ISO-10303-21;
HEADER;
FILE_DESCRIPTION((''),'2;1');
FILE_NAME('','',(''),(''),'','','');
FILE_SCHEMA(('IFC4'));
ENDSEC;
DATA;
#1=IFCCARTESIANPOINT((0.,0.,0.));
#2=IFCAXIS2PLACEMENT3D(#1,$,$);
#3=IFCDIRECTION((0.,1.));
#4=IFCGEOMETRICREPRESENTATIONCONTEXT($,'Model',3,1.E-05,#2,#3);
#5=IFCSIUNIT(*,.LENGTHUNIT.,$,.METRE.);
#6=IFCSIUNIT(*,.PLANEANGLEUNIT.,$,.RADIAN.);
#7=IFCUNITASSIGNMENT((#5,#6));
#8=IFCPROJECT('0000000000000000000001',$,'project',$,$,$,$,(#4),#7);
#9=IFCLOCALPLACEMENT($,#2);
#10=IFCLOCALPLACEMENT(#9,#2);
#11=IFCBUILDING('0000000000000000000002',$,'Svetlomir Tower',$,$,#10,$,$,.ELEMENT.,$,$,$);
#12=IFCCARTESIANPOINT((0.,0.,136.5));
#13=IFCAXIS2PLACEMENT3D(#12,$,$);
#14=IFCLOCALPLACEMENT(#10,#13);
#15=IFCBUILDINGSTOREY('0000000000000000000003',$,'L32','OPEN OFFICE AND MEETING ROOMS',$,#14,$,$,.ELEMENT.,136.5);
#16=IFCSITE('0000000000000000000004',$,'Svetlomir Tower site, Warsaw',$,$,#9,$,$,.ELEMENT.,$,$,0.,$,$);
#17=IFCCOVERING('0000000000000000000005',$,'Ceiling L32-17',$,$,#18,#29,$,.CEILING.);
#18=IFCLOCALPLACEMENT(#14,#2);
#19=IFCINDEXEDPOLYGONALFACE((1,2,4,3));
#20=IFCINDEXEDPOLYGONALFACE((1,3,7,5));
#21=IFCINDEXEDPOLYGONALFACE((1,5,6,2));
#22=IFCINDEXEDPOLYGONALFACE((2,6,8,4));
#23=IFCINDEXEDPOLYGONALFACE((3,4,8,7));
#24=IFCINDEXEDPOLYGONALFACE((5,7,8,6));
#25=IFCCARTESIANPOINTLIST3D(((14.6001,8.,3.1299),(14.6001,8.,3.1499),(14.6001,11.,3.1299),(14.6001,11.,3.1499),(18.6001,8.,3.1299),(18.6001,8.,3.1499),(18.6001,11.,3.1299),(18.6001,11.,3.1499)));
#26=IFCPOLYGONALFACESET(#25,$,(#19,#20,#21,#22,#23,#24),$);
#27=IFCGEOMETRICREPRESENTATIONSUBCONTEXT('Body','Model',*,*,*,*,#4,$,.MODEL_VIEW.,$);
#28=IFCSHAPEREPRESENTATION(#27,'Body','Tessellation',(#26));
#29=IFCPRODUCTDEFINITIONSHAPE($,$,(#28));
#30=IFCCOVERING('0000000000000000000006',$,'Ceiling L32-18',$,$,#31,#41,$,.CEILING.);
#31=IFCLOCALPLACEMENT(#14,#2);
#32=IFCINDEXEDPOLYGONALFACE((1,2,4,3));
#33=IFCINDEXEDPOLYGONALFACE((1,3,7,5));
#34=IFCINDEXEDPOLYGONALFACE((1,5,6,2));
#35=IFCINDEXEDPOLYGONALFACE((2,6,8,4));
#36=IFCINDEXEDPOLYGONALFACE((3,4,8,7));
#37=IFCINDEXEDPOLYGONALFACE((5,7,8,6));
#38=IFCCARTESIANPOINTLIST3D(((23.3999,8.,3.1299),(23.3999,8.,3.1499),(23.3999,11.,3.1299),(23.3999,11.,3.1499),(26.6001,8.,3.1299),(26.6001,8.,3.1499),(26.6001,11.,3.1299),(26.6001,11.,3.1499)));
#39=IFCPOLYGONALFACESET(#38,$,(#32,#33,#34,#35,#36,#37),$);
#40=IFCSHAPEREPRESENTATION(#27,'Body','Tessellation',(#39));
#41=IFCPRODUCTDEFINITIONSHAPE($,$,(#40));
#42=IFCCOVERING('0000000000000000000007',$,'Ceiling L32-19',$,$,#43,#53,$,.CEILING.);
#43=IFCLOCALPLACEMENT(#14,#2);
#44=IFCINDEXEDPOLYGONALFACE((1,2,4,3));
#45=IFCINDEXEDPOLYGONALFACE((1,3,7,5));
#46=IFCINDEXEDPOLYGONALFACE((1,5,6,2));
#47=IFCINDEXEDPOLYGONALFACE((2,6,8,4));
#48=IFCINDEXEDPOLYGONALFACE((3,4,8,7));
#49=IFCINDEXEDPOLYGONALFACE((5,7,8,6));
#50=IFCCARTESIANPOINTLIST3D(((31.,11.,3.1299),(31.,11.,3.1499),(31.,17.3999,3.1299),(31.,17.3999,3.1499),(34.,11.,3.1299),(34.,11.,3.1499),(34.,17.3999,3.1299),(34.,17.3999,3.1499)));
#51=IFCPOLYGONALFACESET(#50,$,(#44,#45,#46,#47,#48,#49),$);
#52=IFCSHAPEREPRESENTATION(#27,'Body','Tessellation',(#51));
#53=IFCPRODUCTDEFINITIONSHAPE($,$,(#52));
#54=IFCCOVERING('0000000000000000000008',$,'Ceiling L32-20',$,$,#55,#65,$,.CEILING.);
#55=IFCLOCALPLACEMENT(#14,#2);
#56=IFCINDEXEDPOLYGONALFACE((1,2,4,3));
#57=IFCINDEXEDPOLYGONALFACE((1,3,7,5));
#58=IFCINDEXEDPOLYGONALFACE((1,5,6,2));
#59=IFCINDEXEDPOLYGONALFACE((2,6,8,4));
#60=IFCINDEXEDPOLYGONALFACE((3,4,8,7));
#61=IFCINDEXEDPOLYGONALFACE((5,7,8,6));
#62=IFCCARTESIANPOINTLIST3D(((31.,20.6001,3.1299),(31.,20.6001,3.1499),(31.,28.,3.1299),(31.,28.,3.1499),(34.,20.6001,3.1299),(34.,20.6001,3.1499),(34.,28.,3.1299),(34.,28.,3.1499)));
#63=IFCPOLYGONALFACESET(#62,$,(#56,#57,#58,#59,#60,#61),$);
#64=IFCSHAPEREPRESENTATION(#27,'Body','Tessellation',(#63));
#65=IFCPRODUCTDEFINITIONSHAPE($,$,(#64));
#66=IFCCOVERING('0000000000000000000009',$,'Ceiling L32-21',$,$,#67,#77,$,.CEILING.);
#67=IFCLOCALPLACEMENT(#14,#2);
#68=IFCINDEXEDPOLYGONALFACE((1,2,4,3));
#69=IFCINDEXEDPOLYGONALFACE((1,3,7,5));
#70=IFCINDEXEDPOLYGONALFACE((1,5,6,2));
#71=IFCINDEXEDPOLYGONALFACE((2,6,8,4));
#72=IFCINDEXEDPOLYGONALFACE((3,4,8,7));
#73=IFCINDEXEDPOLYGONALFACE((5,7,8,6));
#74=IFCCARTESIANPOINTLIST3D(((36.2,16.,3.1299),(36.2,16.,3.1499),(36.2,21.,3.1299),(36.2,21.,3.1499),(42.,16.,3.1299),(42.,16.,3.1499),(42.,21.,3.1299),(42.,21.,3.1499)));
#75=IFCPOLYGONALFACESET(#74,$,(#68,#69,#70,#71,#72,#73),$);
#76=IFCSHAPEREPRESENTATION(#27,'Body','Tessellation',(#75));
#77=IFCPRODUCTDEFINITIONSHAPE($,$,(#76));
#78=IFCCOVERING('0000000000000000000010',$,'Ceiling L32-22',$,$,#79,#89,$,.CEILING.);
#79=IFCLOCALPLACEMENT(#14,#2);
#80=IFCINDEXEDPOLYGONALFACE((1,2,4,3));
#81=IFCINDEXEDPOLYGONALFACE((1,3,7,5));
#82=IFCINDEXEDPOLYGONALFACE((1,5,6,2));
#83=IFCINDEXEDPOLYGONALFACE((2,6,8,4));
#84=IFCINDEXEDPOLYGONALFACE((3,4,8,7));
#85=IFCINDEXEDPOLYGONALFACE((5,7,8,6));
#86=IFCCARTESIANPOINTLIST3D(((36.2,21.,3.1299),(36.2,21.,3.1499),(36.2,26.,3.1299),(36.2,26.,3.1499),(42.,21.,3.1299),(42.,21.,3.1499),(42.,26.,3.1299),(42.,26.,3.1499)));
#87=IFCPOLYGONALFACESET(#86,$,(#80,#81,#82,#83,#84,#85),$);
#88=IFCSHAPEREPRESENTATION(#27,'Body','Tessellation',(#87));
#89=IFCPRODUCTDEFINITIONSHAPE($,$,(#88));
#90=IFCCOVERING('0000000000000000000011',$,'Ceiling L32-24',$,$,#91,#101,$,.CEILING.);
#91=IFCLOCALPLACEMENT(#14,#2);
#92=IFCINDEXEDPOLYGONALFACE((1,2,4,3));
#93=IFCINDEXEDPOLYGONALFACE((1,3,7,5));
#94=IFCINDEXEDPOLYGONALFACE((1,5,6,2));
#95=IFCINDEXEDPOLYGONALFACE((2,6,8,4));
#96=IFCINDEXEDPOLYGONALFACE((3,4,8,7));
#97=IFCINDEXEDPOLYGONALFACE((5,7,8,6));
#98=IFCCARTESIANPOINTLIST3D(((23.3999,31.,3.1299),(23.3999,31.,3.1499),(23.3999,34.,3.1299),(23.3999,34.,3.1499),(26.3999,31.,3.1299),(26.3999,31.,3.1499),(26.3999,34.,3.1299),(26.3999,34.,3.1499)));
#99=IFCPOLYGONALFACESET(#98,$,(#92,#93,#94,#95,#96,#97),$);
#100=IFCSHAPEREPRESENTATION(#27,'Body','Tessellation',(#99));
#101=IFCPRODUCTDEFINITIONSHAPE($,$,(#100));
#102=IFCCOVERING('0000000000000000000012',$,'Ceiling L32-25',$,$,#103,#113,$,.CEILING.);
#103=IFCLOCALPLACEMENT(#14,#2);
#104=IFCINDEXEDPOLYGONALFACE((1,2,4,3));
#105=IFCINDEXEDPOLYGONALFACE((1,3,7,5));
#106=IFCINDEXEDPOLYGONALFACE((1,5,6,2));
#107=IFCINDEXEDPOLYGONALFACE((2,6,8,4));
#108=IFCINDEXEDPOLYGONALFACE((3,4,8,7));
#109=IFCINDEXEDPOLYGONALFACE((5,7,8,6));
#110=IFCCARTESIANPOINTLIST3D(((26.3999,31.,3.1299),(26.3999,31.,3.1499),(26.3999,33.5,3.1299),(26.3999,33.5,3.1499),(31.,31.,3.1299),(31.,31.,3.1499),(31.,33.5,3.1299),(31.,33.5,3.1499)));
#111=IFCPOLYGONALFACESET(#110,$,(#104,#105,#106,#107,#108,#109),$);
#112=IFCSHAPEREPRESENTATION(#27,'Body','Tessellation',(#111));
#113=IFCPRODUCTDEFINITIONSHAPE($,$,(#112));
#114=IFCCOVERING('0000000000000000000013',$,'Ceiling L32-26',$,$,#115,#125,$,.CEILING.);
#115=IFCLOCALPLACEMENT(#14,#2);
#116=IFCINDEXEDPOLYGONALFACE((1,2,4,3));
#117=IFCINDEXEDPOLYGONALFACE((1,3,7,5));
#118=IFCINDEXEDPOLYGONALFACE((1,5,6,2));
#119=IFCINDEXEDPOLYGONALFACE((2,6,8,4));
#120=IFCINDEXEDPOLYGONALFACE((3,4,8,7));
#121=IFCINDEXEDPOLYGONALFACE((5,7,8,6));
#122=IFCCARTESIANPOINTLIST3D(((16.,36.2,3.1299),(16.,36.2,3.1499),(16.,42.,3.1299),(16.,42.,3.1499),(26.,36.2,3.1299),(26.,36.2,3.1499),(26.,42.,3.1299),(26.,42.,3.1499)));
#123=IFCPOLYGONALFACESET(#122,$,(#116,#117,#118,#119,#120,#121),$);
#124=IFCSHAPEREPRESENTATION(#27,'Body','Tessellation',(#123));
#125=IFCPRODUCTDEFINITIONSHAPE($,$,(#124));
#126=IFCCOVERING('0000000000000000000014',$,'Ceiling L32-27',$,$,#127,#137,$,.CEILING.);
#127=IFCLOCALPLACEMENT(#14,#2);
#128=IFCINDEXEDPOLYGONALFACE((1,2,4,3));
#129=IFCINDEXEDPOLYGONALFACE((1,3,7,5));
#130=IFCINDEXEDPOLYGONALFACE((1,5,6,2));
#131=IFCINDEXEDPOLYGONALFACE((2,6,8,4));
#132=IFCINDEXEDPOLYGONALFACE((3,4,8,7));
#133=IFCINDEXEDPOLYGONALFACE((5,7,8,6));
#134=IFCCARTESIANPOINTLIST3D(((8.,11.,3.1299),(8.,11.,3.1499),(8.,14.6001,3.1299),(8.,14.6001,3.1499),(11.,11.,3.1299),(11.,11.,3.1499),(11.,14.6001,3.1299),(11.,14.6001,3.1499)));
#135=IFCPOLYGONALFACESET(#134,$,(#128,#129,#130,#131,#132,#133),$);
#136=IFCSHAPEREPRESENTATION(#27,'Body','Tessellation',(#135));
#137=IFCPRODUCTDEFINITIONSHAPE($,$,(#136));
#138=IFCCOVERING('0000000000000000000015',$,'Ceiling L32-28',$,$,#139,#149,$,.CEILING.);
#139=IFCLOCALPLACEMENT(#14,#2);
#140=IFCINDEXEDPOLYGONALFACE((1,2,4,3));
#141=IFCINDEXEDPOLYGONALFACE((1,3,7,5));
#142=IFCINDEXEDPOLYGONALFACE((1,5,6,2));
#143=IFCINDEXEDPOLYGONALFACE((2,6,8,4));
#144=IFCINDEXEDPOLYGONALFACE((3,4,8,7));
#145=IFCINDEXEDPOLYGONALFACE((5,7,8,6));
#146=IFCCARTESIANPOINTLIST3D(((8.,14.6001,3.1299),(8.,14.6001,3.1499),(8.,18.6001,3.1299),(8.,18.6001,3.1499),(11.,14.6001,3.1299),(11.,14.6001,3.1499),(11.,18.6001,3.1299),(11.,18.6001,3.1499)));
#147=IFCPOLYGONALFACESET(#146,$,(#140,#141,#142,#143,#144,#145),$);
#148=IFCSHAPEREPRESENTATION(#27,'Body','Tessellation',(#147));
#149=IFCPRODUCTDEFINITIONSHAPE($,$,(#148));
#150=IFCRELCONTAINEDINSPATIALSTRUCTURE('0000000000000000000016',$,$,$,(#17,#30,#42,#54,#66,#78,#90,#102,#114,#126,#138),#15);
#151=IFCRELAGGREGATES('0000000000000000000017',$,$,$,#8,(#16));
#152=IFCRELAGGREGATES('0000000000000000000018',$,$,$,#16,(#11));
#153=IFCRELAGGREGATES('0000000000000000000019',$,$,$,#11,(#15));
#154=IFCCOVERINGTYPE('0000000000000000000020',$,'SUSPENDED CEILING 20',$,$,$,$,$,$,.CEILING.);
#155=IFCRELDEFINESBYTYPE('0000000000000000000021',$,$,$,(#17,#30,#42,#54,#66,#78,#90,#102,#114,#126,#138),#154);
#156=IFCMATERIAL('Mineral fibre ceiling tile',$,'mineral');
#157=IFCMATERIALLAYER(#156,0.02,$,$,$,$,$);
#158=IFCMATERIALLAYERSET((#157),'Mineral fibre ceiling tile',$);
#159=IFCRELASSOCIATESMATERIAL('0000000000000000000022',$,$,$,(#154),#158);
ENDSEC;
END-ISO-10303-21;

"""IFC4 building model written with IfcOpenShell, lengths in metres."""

from ifc_helpers import new_model, si_unit, direction, frame, origin, place, context, subcontext, project, spatial, polyline, outline, extrude, material, layer, layer_set, type_object, element, save


model = new_model("IFC4")

# Units and contexts
model_context = context("Model", 3, precision=1e-05, world=origin(), true_north=direction((0.0, 1.0)))
body_context = subcontext(model_context, "Body", "Model", "MODEL_VIEW")
ifc_project = project(units=[si_unit("LENGTHUNIT", "METRE"), si_unit("PLANEANGLEUNIT", "RADIAN")], contexts=[model_context])

# Site, building, storey
site_placement = place(None, origin())
site = spatial("IfcSite", under=ifc_project, at=site_placement, Name="Svetlomir Tower site, Warsaw", CompositionType="ELEMENT", RefElevation=0.0)
building_placement = place(site_placement, origin())
building = spatial("IfcBuilding", under=site, at=building_placement, Name="Svetlomir Tower", CompositionType="ELEMENT")
storey_placement = place(building_placement, frame((0.0, 0.0, 136.5)))
storey = spatial("IfcBuildingStorey", under=building, at=storey_placement, Name="L32", Description="OPEN OFFICE AND MEETING ROOMS", CompositionType="ELEMENT", Elevation=136.5)

# Coverings
ifc_material_1 = material(Name="Mineral fibre ceiling tile", Category="mineral")
ifc_layer_1 = layer(ifc_material_1, 0.02)
ifc_layer_set_1 = layer_set([ifc_layer_1], Name="Mineral fibre ceiling tile")
covering_type_1 = type_object("IfcCoveringType", Name="SUSPENDED CEILING 20", PredefinedType="CEILING", material=ifc_layer_set_1)
covering_1_placement = place(storey_placement, frame((0.0, 0.0, 3.1299)))
element("IfcCovering", 1, at=covering_1_placement, inside=storey, type_object=covering_type_1, Name="Ceiling L32-17", PredefinedType="CEILING", context=body_context, shape_type="SweptSolid", body=[
    extrude(outline(polyline([(14.6001, 8.0), (18.6001, 8.0), (18.6001, 11.0), (14.6001, 11.0), (14.6001, 8.0)])), origin(), (0.0, 0.0, 1.0), 0.02),
])
covering_2_placement = place(storey_placement, frame((0.0, 0.0, 3.1299)))
element("IfcCovering", 2, at=covering_2_placement, inside=storey, type_object=covering_type_1, Name="Ceiling L32-18", PredefinedType="CEILING", context=body_context, shape_type="SweptSolid", body=[
    extrude(outline(polyline([(23.3999, 8.0), (26.6001, 8.0), (26.6001, 11.0), (23.3999, 11.0), (23.3999, 8.0)])), origin(), (0.0, 0.0, 1.0), 0.02),
])
covering_3_placement = place(storey_placement, frame((0.0, 0.0, 3.1299)))
element("IfcCovering", 3, at=covering_3_placement, inside=storey, type_object=covering_type_1, Name="Ceiling L32-19", PredefinedType="CEILING", context=body_context, shape_type="SweptSolid", body=[
    extrude(outline(polyline([(31.0, 11.0), (34.0, 11.0), (34.0, 17.3999), (31.0, 17.3999), (31.0, 11.0)])), origin(), (0.0, 0.0, 1.0), 0.02),
])
covering_4_placement = place(storey_placement, frame((0.0, 0.0, 3.1299)))
element("IfcCovering", 4, at=covering_4_placement, inside=storey, type_object=covering_type_1, Name="Ceiling L32-20", PredefinedType="CEILING", context=body_context, shape_type="SweptSolid", body=[
    extrude(outline(polyline([(31.0, 20.6001), (34.0, 20.6001), (34.0, 28.0), (31.0, 28.0), (31.0, 20.6001)])), origin(), (0.0, 0.0, 1.0), 0.02),
])
covering_5_placement = place(storey_placement, frame((0.0, 0.0, 3.1299)))
element("IfcCovering", 5, at=covering_5_placement, inside=storey, type_object=covering_type_1, Name="Ceiling L32-21", PredefinedType="CEILING", context=body_context, shape_type="SweptSolid", body=[
    extrude(outline(polyline([(36.2, 16.0), (42.0, 16.0), (42.0, 21.0), (36.2, 21.0), (36.2, 16.0)])), origin(), (0.0, 0.0, 1.0), 0.02),
])
covering_6_placement = place(storey_placement, frame((0.0, 0.0, 3.1299)))
element("IfcCovering", 6, at=covering_6_placement, inside=storey, type_object=covering_type_1, Name="Ceiling L32-22", PredefinedType="CEILING", context=body_context, shape_type="SweptSolid", body=[
    extrude(outline(polyline([(36.2, 21.0), (42.0, 21.0), (42.0, 26.0), (36.2, 26.0), (36.2, 21.0)])), origin(), (0.0, 0.0, 1.0), 0.02),
])
covering_7_placement = place(storey_placement, frame((0.0, 0.0, 3.1299)))
element("IfcCovering", 7, at=covering_7_placement, inside=storey, type_object=covering_type_1, Name="Ceiling L32-24", PredefinedType="CEILING", context=body_context, shape_type="SweptSolid", body=[
    extrude(outline(polyline([(23.3999, 31.0), (26.3999, 31.0), (26.3999, 34.0), (23.3999, 34.0), (23.3999, 31.0)])), origin(), (0.0, 0.0, 1.0), 0.02),
])
covering_8_placement = place(storey_placement, frame((0.0, 0.0, 3.1299)))
element("IfcCovering", 8, at=covering_8_placement, inside=storey, type_object=covering_type_1, Name="Ceiling L32-25", PredefinedType="CEILING", context=body_context, shape_type="SweptSolid", body=[
    extrude(outline(polyline([(26.3999, 31.0), (31.0, 31.0), (31.0, 33.5), (26.3999, 33.5), (26.3999, 31.0)])), origin(), (0.0, 0.0, 1.0), 0.02),
])
covering_9_placement = place(storey_placement, frame((0.0, 0.0, 3.1299)))
element("IfcCovering", 9, at=covering_9_placement, inside=storey, type_object=covering_type_1, Name="Ceiling L32-26", PredefinedType="CEILING", context=body_context, shape_type="SweptSolid", body=[
    extrude(outline(polyline([(16.0, 36.2), (26.0, 36.2), (26.0, 42.0), (16.0, 42.0), (16.0, 36.2)])), origin(), (0.0, 0.0, 1.0), 0.02),
])
covering_10_placement = place(storey_placement, frame((0.0, 0.0, 3.1299)))
element("IfcCovering", 10, at=covering_10_placement, inside=storey, type_object=covering_type_1, Name="Ceiling L32-27", PredefinedType="CEILING", context=body_context, shape_type="SweptSolid", body=[
    extrude(outline(polyline([(8.0, 11.0), (11.0, 11.0), (11.0, 14.6001), (8.0, 14.6001), (8.0, 11.0)])), origin(), (0.0, 0.0, 1.0), 0.02),
])
covering_11_placement = place(storey_placement, frame((0.0, 0.0, 3.1299)))
element("IfcCovering", 11, at=covering_11_placement, inside=storey, type_object=covering_type_1, Name="Ceiling L32-28", PredefinedType="CEILING", context=body_context, shape_type="SweptSolid", body=[
    extrude(outline(polyline([(8.0, 14.6001), (11.0, 14.6001), (11.0, 18.6001), (8.0, 18.6001), (8.0, 14.6001)])), origin(), (0.0, 0.0, 1.0), 0.02),
])

save(model, "model.ifc")
